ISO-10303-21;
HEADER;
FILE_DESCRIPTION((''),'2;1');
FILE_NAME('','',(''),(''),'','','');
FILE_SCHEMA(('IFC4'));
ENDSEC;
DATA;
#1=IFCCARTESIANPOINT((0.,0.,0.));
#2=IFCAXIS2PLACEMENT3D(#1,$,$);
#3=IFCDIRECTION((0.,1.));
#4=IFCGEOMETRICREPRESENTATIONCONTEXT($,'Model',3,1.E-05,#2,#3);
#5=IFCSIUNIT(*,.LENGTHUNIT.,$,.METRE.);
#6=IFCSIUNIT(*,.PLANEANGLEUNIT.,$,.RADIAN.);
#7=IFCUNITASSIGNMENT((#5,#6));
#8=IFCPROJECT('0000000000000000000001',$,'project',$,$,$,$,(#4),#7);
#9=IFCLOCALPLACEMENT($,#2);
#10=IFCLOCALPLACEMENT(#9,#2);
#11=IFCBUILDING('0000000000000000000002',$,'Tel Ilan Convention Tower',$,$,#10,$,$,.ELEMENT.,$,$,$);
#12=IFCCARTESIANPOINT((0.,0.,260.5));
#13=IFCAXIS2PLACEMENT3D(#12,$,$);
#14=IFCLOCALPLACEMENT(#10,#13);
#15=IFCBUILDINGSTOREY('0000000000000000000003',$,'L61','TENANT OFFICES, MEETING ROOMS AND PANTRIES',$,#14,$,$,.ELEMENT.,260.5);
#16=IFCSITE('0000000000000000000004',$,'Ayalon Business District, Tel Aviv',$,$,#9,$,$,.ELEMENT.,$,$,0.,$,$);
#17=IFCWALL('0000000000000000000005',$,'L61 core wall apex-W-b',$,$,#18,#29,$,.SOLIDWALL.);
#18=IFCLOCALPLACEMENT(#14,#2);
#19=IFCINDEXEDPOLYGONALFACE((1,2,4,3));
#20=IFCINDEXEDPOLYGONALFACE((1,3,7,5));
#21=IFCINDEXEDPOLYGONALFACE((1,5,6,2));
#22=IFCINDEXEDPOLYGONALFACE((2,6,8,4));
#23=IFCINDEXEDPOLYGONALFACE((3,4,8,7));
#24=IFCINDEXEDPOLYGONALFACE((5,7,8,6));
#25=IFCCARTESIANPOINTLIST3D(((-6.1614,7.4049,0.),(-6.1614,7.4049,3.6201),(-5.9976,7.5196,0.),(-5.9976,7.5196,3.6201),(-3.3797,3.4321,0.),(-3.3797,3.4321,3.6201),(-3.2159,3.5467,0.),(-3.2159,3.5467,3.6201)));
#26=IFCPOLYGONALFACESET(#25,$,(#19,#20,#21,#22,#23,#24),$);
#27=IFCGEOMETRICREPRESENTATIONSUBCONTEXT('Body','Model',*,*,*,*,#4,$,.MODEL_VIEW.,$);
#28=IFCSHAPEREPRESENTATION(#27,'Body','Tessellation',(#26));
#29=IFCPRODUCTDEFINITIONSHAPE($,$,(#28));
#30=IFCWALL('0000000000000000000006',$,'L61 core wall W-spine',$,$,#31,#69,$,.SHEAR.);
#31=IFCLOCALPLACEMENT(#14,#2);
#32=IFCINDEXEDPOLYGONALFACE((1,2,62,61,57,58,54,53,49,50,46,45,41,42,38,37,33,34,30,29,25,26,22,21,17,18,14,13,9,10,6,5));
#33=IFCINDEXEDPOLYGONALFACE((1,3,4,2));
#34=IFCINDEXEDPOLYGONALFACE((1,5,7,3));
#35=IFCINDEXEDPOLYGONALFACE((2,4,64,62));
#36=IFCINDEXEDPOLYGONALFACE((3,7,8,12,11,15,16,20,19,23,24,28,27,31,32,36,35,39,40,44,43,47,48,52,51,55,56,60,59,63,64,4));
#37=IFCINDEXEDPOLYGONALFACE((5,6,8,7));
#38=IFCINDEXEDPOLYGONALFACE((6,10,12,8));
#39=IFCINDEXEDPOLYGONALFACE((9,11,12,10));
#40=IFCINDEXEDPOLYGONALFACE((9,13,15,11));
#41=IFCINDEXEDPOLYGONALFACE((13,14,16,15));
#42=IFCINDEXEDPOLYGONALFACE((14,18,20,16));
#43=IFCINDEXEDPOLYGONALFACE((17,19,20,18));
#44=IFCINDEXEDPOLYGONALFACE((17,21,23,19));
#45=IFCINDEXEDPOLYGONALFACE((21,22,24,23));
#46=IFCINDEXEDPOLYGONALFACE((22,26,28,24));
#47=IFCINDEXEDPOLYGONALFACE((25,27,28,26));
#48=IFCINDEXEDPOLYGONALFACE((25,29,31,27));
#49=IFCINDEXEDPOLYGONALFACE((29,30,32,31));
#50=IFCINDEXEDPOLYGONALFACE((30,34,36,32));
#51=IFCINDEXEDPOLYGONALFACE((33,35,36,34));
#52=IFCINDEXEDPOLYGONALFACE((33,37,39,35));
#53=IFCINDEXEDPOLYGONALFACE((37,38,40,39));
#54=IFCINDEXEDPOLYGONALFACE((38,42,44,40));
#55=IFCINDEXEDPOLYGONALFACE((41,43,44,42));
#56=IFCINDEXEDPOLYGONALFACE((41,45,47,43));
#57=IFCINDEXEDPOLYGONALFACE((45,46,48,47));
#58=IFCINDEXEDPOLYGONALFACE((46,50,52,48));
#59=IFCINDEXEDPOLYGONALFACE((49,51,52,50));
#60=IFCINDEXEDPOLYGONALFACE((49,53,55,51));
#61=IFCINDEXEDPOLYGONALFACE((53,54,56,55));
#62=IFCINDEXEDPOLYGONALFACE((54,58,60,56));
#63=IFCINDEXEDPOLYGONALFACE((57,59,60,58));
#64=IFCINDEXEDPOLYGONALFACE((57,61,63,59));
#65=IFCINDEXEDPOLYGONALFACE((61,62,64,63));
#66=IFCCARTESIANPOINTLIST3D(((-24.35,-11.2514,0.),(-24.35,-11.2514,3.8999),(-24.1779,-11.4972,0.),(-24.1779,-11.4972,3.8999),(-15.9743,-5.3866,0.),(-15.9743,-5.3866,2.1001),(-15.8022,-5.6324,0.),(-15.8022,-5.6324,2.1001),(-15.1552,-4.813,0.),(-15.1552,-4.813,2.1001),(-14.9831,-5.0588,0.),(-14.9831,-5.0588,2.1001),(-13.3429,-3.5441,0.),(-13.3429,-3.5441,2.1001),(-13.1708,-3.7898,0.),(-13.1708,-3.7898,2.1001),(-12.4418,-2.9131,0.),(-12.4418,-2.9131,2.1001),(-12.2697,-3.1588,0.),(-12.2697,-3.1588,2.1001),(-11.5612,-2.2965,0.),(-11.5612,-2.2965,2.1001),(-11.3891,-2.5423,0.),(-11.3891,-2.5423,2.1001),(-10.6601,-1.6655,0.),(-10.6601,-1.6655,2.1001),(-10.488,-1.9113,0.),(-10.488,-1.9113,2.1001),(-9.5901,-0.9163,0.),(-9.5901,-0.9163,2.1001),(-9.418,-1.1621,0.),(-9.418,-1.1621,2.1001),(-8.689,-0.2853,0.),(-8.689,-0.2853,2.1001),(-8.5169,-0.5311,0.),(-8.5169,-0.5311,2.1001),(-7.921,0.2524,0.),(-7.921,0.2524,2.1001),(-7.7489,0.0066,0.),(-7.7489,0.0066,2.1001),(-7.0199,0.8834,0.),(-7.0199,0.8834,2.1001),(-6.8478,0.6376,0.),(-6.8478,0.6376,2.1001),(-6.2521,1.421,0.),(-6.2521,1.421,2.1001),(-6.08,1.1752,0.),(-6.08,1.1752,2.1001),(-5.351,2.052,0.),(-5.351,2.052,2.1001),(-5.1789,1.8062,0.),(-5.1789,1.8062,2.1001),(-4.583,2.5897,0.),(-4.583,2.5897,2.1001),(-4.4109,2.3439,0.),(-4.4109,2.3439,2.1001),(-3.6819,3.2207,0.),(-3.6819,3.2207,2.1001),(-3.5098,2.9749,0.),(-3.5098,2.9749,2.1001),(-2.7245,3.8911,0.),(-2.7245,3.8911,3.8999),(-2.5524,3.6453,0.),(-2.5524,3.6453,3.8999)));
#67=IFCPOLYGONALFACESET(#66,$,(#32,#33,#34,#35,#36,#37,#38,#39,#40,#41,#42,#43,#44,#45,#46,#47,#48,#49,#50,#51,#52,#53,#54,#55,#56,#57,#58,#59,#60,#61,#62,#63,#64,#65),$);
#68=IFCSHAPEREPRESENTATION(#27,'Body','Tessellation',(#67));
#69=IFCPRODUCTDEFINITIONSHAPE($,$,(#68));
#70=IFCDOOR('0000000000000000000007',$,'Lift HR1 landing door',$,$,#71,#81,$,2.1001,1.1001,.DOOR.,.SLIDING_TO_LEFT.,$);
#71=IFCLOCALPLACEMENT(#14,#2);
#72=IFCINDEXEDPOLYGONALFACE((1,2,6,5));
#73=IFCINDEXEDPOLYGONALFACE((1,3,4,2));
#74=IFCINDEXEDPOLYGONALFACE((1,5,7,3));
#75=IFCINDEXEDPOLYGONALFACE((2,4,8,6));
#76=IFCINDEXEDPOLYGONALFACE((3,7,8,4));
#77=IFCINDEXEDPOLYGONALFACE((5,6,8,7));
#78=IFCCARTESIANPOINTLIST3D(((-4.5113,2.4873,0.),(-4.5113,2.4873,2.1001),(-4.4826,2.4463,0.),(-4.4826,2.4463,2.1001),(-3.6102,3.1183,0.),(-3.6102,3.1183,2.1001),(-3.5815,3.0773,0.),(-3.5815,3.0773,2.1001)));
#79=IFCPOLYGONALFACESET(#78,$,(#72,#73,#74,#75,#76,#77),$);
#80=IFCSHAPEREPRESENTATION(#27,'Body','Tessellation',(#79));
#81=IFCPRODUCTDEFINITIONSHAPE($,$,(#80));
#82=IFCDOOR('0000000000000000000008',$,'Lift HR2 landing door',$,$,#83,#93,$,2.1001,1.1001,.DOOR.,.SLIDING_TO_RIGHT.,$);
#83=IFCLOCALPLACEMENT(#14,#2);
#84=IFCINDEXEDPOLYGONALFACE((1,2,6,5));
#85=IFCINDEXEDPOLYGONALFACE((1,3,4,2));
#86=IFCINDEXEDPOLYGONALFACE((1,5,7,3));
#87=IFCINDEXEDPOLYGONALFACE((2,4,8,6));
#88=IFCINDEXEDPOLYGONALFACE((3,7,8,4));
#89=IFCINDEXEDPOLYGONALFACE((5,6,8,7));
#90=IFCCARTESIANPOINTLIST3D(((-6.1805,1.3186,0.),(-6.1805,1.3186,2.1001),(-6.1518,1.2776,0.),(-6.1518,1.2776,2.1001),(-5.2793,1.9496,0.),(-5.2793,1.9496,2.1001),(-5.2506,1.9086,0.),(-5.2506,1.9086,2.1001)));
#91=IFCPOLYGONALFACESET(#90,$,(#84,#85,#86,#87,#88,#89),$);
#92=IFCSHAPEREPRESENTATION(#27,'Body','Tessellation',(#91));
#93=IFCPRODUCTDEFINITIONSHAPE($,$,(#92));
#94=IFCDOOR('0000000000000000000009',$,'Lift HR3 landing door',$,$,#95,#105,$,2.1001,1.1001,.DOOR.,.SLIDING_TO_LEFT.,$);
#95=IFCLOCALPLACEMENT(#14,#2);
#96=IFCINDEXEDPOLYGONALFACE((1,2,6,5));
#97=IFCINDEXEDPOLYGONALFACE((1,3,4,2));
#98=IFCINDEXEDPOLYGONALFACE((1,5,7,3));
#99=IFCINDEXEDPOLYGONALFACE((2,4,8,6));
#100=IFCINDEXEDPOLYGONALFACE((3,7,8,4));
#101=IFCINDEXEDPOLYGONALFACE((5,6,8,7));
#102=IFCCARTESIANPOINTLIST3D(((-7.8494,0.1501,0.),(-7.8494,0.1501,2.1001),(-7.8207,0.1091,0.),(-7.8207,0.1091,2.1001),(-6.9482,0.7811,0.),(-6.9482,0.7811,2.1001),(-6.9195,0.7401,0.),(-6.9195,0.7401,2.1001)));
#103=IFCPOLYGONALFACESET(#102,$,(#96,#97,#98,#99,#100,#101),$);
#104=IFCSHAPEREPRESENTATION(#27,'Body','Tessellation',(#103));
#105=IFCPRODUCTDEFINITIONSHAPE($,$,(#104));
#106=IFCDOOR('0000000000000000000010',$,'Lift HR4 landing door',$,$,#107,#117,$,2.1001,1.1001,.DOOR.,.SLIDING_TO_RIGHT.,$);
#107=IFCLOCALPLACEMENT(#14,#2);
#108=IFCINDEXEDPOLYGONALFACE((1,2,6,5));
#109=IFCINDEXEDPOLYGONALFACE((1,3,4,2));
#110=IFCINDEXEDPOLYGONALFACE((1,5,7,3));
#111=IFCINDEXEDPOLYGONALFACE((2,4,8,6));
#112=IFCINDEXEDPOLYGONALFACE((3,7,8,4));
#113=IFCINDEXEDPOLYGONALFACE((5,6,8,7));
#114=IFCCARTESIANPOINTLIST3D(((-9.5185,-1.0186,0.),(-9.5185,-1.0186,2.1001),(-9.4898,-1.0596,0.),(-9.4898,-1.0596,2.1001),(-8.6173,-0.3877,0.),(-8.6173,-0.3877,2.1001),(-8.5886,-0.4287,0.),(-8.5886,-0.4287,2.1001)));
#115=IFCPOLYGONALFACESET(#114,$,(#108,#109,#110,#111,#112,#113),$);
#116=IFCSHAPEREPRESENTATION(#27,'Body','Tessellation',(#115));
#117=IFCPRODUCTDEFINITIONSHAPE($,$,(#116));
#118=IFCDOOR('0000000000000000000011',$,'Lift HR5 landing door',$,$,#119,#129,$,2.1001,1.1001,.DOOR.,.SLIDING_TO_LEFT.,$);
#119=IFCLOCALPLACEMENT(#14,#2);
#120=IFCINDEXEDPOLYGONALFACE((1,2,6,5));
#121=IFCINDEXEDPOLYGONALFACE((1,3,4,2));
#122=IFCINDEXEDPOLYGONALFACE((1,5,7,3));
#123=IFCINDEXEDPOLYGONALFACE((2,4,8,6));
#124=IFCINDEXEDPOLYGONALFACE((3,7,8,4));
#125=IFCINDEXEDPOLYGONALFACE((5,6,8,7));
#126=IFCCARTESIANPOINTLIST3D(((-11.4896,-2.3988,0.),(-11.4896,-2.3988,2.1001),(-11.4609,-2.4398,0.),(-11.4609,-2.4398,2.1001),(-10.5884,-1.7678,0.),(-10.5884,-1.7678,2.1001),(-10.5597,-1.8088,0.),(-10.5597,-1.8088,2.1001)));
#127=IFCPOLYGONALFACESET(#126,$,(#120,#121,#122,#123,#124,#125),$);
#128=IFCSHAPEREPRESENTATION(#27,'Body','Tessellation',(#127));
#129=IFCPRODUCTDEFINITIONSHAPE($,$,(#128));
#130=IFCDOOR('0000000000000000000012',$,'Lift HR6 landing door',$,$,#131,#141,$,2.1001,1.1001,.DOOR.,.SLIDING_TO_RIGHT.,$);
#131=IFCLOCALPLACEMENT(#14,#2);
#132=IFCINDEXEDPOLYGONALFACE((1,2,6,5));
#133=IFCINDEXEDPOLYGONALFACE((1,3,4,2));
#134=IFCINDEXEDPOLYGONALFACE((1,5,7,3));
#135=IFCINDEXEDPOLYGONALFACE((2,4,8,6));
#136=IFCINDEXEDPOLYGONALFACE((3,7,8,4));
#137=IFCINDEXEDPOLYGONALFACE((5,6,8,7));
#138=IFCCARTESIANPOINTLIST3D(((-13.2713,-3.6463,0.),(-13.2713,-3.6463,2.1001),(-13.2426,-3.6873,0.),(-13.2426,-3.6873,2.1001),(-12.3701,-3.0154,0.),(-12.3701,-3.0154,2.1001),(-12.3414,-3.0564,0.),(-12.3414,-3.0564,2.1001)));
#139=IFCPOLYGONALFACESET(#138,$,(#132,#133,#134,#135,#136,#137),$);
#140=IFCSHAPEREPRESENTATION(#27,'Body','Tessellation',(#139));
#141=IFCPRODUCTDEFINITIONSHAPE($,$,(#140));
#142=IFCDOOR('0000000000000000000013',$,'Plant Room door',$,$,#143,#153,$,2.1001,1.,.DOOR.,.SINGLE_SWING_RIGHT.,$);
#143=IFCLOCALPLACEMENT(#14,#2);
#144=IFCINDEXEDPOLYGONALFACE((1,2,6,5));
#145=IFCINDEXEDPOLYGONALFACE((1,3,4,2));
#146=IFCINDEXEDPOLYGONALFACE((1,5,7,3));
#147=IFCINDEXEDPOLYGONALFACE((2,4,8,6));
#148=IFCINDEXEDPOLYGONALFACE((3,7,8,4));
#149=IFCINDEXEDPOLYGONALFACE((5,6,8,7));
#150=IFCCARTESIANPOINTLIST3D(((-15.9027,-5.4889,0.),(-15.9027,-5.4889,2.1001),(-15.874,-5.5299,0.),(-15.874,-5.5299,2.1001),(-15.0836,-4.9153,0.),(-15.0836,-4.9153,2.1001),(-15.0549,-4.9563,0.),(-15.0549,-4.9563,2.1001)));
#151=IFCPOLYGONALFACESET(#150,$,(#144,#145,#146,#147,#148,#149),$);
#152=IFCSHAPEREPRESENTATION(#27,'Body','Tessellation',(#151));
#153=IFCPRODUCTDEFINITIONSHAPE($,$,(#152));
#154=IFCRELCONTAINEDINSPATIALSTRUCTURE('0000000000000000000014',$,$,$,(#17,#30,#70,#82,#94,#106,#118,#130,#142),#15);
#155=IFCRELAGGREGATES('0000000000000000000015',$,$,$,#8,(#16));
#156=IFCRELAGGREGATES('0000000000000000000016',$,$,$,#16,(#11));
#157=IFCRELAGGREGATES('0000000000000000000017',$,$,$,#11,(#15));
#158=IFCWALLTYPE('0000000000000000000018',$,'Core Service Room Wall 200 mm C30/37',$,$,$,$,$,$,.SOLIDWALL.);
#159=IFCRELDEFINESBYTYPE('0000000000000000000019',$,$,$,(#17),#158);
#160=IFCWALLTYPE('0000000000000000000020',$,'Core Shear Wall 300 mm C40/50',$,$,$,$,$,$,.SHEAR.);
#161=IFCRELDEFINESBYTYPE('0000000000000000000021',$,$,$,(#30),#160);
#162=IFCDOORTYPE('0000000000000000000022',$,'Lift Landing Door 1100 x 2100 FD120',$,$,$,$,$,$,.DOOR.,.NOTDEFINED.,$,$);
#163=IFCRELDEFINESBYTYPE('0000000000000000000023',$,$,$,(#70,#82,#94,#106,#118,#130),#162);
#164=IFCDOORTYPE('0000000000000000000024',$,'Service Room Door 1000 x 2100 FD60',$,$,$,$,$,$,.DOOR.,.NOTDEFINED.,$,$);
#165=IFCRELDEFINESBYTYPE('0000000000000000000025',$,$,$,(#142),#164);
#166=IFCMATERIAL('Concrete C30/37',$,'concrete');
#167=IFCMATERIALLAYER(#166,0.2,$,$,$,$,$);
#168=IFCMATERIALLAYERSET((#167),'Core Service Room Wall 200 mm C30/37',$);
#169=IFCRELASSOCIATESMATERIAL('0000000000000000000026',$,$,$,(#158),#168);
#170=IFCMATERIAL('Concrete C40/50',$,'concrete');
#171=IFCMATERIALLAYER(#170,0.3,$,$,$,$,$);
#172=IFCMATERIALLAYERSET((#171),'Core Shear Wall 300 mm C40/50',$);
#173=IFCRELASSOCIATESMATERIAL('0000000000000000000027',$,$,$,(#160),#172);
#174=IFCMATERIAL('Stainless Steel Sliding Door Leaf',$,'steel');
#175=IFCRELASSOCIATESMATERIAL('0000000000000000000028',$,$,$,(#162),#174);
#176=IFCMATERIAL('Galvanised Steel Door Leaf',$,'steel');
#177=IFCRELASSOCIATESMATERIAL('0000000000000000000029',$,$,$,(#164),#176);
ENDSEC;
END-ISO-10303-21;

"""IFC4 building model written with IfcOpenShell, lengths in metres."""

from ifc_helpers import new_model, si_unit, direction, frame, frame_2d, origin, place, context, subcontext, project, spatial, polyline, rectangle, outline, extrude, material, layer, layer_set, type_object, element, fill, save


model = new_model("IFC4")

# Units and contexts
model_context = context("Model", 3, precision=1e-05, world=origin(), true_north=direction((0.0, 1.0)))
body_context = subcontext(model_context, "Body", "Model", "MODEL_VIEW")
ifc_project = project(units=[si_unit("LENGTHUNIT", "METRE"), si_unit("PLANEANGLEUNIT", "RADIAN")], contexts=[model_context])

# Site, building, storey
site_placement = place(None, origin())
site = spatial("IfcSite", under=ifc_project, at=site_placement, Name="Ayalon Business District, Tel Aviv", CompositionType="ELEMENT", RefElevation=0.0)
building_placement = place(site_placement, origin())
building = spatial("IfcBuilding", under=site, at=building_placement, Name="Tel Ilan Convention Tower", CompositionType="ELEMENT")
storey_placement = place(building_placement, frame((0.0, 0.0, 260.5)))
storey = spatial("IfcBuildingStorey", under=building, at=storey_placement, Name="L61", Description="TENANT OFFICES, MEETING ROOMS AND PANTRIES", CompositionType="ELEMENT", Elevation=260.5)

# Wall
ifc_material_1 = material(Name="Concrete C30/37", Category="concrete")
ifc_layer_1 = layer(ifc_material_1, 0.2)
ifc_layer_set_1 = layer_set([ifc_layer_1], Name="Core Service Room Wall 200 mm C30/37")
wall_type_1 = type_object("IfcWallType", Name="Core Service Room Wall 200 mm C30/37", PredefinedType="SOLIDWALL", material=ifc_layer_set_1)
wall_1_placement = place(storey_placement, frame((-3.2979, 3.4895, 0.0), z_axis=(0.0, 0.0, 1.0), x_axis=(-0.57356, 0.819163, 0.0)))
element("IfcWall", 1, at=wall_1_placement, inside=storey, type_object=wall_type_1, Name="L61 core wall apex-W-b", PredefinedType="SOLIDWALL", context=body_context, shape_type="SweptSolid", body=[
    extrude(rectangle(XDim=4.8499, YDim=0.2, at=frame_2d((2.4248, 0.0))), origin(), (0.0, 0.0, 1.0), 3.6201),
])

# Wall, openings, doors
ifc_material_2 = material(Name="Concrete C40/50", Category="concrete")
ifc_layer_2 = layer(ifc_material_2, 0.3)
ifc_layer_set_2 = layer_set([ifc_layer_2], Name="Core Shear Wall 300 mm C40/50")
wall_type_2 = type_object("IfcWallType", Name="Core Shear Wall 300 mm C40/50", PredefinedType="SHEAR", material=ifc_layer_set_2)
wall_2_placement = place(storey_placement, frame((-2.6384, 3.7681, 0.0), z_axis=(0.0, 0.0, 1.0), x_axis=(-0.819155, -0.573572, 0.0)))
wall_2 = element("IfcWall", 2, at=wall_2_placement, inside=storey, type_object=wall_type_2, Name="L61 core wall W-spine", PredefinedType="SHEAR", context=body_context, shape_type="SweptSolid", body=[
    extrude(outline(polyline([(26.3999, 0.1501), (0.0, 0.1499), (0.0, -0.1501), (26.3999, -0.1499), (26.3999, 0.1501)])), origin(), (0.0, 0.0, 1.0), 3.8999),
])
opening_1_placement = place(wall_2_placement, frame((1.1687, 0.0, 0.0)))
opening_1 = element("IfcOpeningElement", 3, at=opening_1_placement, cuts=wall_2, PredefinedType="OPENING", context=body_context, shape_type="SweptSolid", body=[
    extrude(rectangle(XDim=1.1001, YDim=2.1001, at=frame_2d((0.55, 1.05))), frame((0.0, 0.1599, 0.0), z_axis=(0.0, -1.0, 0.0), x_axis=(1.0, 0.0, 0.0)), (0.0, 0.0, 1.0), 0.3201),
])
opening_2_placement = place(wall_2_placement, frame((3.2063, 0.0, 0.0)))
opening_2 = element("IfcOpeningElement", 4, at=opening_2_placement, cuts=wall_2, PredefinedType="OPENING", context=body_context, shape_type="SweptSolid", body=[
    extrude(rectangle(XDim=1.1001, YDim=2.1001, at=frame_2d((0.55, 1.05))), frame((0.0, 0.1599, 0.0), z_axis=(0.0, -1.0, 0.0), x_axis=(1.0, 0.0, 0.0)), (0.0, 0.0, 1.0), 0.3201),
])
opening_3_placement = place(wall_2_placement, frame((5.2437, 0.0, 0.0)))
opening_3 = element("IfcOpeningElement", 5, at=opening_3_placement, cuts=wall_2, PredefinedType="OPENING", context=body_context, shape_type="SweptSolid", body=[
    extrude(rectangle(XDim=1.1001, YDim=2.1001, at=frame_2d((0.55, 1.05))), frame((0.0, 0.1599, 0.0), z_axis=(0.0, -1.0, 0.0), x_axis=(1.0, 0.0, 0.0)), (0.0, 0.0, 1.0), 0.3201),
])
opening_4_placement = place(wall_2_placement, frame((7.2812, 0.0, 0.0)))
opening_4 = element("IfcOpeningElement", 6, at=opening_4_placement, cuts=wall_2, PredefinedType="OPENING", context=body_context, shape_type="SweptSolid", body=[
    extrude(rectangle(XDim=1.1001, YDim=2.1001, at=frame_2d((0.55, 1.05))), frame((0.0, 0.1599, 0.0), z_axis=(0.0, -1.0, 0.0), x_axis=(1.0, 0.0, 0.0)), (0.0, 0.0, 1.0), 0.3201),
])
opening_5_placement = place(wall_2_placement, frame((9.6875, 0.0, 0.0)))
opening_5 = element("IfcOpeningElement", 7, at=opening_5_placement, cuts=wall_2, PredefinedType="OPENING", context=body_context, shape_type="SweptSolid", body=[
    extrude(rectangle(XDim=1.1001, YDim=2.1001, at=frame_2d((0.55, 1.05))), frame((0.0, 0.1599, 0.0), z_axis=(0.0, -1.0, 0.0), x_axis=(1.0, 0.0, 0.0)), (0.0, 0.0, 1.0), 0.3201),
])
opening_6_placement = place(wall_2_placement, frame((11.8625, 0.0, 0.0)))
opening_6 = element("IfcOpeningElement", 8, at=opening_6_placement, cuts=wall_2, PredefinedType="OPENING", context=body_context, shape_type="SweptSolid", body=[
    extrude(rectangle(XDim=1.1001, YDim=2.1001, at=frame_2d((0.55, 1.05))), frame((0.0, 0.1599, 0.0), z_axis=(0.0, -1.0, 0.0), x_axis=(1.0, 0.0, 0.0)), (0.0, 0.0, 1.0), 0.3201),
])
opening_7_placement = place(wall_2_placement, frame((15.175, 0.0, 0.0)))
opening_7 = element("IfcOpeningElement", 9, at=opening_7_placement, cuts=wall_2, PredefinedType="OPENING", context=body_context, shape_type="SweptSolid", body=[
    extrude(rectangle(XDim=1.0, YDim=2.1001, at=frame_2d((0.5, 1.05))), frame((0.0, 0.1599, 0.0), z_axis=(0.0, -1.0, 0.0), x_axis=(1.0, 0.0, 0.0)), (0.0, 0.0, 1.0), 0.3201),
])
ifc_material_3 = material(Name="Stainless Steel Sliding Door Leaf", Category="steel")
door_type_1 = type_object("IfcDoorType", Name="Lift Landing Door 1100 x 2100 FD120", OperationType="NOTDEFINED", PredefinedType="DOOR", material=ifc_material_3)
door_1_placement = place(opening_1_placement, origin())
door_1 = element("IfcDoor", 10, at=door_1_placement, inside=storey, type_object=door_type_1, Name="Lift HR1 landing door", OperationType="SLIDING_TO_LEFT", OverallHeight=2.1001, OverallWidth=1.1001, PredefinedType="DOOR", context=body_context, shape_type="SweptSolid", body=[
    extrude(rectangle(XDim=1.1001, YDim=2.1001, at=frame_2d((0.55, 1.05))), frame((0.0, 0.0249, 0.0), z_axis=(0.0, -1.0, 0.0), x_axis=(1.0, 0.0, 0.0)), (0.0, 0.0, 1.0), 0.05),
])
fill(opening_1, door_1)
door_2_placement = place(opening_2_placement, origin())
door_2 = element("IfcDoor", 11, at=door_2_placement, inside=storey, type_object=door_type_1, Name="Lift HR2 landing door", OperationType="SLIDING_TO_RIGHT", OverallHeight=2.1001, OverallWidth=1.1001, PredefinedType="DOOR", context=body_context, shape_type="SweptSolid", body=[
    extrude(rectangle(XDim=1.1001, YDim=2.1001, at=frame_2d((0.55, 1.05))), frame((0.0, 0.0249, 0.0), z_axis=(0.0, -1.0, 0.0), x_axis=(1.0, 0.0, 0.0)), (0.0, 0.0, 1.0), 0.05),
])
fill(opening_2, door_2)
door_3_placement = place(opening_3_placement, origin())
door_3 = element("IfcDoor", 12, at=door_3_placement, inside=storey, type_object=door_type_1, Name="Lift HR3 landing door", OperationType="SLIDING_TO_LEFT", OverallHeight=2.1001, OverallWidth=1.1001, PredefinedType="DOOR", context=body_context, shape_type="SweptSolid", body=[
    extrude(rectangle(XDim=1.1001, YDim=2.1001, at=frame_2d((0.55, 1.05))), frame((0.0, 0.0249, 0.0), z_axis=(0.0, -1.0, 0.0), x_axis=(1.0, 0.0, 0.0)), (0.0, 0.0, 1.0), 0.05),
])
fill(opening_3, door_3)
door_4_placement = place(opening_4_placement, origin())
door_4 = element("IfcDoor", 13, at=door_4_placement, inside=storey, type_object=door_type_1, Name="Lift HR4 landing door", OperationType="SLIDING_TO_RIGHT", OverallHeight=2.1001, OverallWidth=1.1001, PredefinedType="DOOR", context=body_context, shape_type="SweptSolid", body=[
    extrude(rectangle(XDim=1.1001, YDim=2.1001, at=frame_2d((0.55, 1.05))), frame((0.0, 0.0249, 0.0), z_axis=(0.0, -1.0, 0.0), x_axis=(1.0, 0.0, 0.0)), (0.0, 0.0, 1.0), 0.05),
])
fill(opening_4, door_4)
door_5_placement = place(opening_5_placement, origin())
door_5 = element("IfcDoor", 14, at=door_5_placement, inside=storey, type_object=door_type_1, Name="Lift HR5 landing door", OperationType="SLIDING_TO_LEFT", OverallHeight=2.1001, OverallWidth=1.1001, PredefinedType="DOOR", context=body_context, shape_type="SweptSolid", body=[
    extrude(rectangle(XDim=1.1001, YDim=2.1001, at=frame_2d((0.55, 1.05))), frame((0.0, 0.0249, 0.0), z_axis=(0.0, -1.0, 0.0), x_axis=(1.0, 0.0, 0.0)), (0.0, 0.0, 1.0), 0.05),
])
fill(opening_5, door_5)
door_6_placement = place(opening_6_placement, origin())
door_6 = element("IfcDoor", 15, at=door_6_placement, inside=storey, type_object=door_type_1, Name="Lift HR6 landing door", OperationType="SLIDING_TO_RIGHT", OverallHeight=2.1001, OverallWidth=1.1001, PredefinedType="DOOR", context=body_context, shape_type="SweptSolid", body=[
    extrude(rectangle(XDim=1.1001, YDim=2.1001, at=frame_2d((0.55, 1.05))), frame((0.0, 0.0249, 0.0), z_axis=(0.0, -1.0, 0.0), x_axis=(1.0, 0.0, 0.0)), (0.0, 0.0, 1.0), 0.05),
])
fill(opening_6, door_6)
ifc_material_4 = material(Name="Galvanised Steel Door Leaf", Category="steel")
door_type_2 = type_object("IfcDoorType", Name="Service Room Door 1000 x 2100 FD60", OperationType="NOTDEFINED", PredefinedType="DOOR", material=ifc_material_4)
door_7_placement = place(opening_7_placement, origin())
door_7 = element("IfcDoor", 16, at=door_7_placement, inside=storey, type_object=door_type_2, Name="Plant Room door", OperationType="SINGLE_SWING_RIGHT", OverallHeight=2.1001, OverallWidth=1.0, PredefinedType="DOOR", context=body_context, shape_type="SweptSolid", body=[
    extrude(rectangle(XDim=1.0, YDim=2.1001, at=frame_2d((0.5, 1.05))), frame((0.0, 0.0249, 0.0), z_axis=(0.0, -1.0, 0.0), x_axis=(1.0, 0.0, 0.0)), (0.0, 0.0, 1.0), 0.05),
])
fill(opening_7, door_7)

save(model, "model.ifc")
